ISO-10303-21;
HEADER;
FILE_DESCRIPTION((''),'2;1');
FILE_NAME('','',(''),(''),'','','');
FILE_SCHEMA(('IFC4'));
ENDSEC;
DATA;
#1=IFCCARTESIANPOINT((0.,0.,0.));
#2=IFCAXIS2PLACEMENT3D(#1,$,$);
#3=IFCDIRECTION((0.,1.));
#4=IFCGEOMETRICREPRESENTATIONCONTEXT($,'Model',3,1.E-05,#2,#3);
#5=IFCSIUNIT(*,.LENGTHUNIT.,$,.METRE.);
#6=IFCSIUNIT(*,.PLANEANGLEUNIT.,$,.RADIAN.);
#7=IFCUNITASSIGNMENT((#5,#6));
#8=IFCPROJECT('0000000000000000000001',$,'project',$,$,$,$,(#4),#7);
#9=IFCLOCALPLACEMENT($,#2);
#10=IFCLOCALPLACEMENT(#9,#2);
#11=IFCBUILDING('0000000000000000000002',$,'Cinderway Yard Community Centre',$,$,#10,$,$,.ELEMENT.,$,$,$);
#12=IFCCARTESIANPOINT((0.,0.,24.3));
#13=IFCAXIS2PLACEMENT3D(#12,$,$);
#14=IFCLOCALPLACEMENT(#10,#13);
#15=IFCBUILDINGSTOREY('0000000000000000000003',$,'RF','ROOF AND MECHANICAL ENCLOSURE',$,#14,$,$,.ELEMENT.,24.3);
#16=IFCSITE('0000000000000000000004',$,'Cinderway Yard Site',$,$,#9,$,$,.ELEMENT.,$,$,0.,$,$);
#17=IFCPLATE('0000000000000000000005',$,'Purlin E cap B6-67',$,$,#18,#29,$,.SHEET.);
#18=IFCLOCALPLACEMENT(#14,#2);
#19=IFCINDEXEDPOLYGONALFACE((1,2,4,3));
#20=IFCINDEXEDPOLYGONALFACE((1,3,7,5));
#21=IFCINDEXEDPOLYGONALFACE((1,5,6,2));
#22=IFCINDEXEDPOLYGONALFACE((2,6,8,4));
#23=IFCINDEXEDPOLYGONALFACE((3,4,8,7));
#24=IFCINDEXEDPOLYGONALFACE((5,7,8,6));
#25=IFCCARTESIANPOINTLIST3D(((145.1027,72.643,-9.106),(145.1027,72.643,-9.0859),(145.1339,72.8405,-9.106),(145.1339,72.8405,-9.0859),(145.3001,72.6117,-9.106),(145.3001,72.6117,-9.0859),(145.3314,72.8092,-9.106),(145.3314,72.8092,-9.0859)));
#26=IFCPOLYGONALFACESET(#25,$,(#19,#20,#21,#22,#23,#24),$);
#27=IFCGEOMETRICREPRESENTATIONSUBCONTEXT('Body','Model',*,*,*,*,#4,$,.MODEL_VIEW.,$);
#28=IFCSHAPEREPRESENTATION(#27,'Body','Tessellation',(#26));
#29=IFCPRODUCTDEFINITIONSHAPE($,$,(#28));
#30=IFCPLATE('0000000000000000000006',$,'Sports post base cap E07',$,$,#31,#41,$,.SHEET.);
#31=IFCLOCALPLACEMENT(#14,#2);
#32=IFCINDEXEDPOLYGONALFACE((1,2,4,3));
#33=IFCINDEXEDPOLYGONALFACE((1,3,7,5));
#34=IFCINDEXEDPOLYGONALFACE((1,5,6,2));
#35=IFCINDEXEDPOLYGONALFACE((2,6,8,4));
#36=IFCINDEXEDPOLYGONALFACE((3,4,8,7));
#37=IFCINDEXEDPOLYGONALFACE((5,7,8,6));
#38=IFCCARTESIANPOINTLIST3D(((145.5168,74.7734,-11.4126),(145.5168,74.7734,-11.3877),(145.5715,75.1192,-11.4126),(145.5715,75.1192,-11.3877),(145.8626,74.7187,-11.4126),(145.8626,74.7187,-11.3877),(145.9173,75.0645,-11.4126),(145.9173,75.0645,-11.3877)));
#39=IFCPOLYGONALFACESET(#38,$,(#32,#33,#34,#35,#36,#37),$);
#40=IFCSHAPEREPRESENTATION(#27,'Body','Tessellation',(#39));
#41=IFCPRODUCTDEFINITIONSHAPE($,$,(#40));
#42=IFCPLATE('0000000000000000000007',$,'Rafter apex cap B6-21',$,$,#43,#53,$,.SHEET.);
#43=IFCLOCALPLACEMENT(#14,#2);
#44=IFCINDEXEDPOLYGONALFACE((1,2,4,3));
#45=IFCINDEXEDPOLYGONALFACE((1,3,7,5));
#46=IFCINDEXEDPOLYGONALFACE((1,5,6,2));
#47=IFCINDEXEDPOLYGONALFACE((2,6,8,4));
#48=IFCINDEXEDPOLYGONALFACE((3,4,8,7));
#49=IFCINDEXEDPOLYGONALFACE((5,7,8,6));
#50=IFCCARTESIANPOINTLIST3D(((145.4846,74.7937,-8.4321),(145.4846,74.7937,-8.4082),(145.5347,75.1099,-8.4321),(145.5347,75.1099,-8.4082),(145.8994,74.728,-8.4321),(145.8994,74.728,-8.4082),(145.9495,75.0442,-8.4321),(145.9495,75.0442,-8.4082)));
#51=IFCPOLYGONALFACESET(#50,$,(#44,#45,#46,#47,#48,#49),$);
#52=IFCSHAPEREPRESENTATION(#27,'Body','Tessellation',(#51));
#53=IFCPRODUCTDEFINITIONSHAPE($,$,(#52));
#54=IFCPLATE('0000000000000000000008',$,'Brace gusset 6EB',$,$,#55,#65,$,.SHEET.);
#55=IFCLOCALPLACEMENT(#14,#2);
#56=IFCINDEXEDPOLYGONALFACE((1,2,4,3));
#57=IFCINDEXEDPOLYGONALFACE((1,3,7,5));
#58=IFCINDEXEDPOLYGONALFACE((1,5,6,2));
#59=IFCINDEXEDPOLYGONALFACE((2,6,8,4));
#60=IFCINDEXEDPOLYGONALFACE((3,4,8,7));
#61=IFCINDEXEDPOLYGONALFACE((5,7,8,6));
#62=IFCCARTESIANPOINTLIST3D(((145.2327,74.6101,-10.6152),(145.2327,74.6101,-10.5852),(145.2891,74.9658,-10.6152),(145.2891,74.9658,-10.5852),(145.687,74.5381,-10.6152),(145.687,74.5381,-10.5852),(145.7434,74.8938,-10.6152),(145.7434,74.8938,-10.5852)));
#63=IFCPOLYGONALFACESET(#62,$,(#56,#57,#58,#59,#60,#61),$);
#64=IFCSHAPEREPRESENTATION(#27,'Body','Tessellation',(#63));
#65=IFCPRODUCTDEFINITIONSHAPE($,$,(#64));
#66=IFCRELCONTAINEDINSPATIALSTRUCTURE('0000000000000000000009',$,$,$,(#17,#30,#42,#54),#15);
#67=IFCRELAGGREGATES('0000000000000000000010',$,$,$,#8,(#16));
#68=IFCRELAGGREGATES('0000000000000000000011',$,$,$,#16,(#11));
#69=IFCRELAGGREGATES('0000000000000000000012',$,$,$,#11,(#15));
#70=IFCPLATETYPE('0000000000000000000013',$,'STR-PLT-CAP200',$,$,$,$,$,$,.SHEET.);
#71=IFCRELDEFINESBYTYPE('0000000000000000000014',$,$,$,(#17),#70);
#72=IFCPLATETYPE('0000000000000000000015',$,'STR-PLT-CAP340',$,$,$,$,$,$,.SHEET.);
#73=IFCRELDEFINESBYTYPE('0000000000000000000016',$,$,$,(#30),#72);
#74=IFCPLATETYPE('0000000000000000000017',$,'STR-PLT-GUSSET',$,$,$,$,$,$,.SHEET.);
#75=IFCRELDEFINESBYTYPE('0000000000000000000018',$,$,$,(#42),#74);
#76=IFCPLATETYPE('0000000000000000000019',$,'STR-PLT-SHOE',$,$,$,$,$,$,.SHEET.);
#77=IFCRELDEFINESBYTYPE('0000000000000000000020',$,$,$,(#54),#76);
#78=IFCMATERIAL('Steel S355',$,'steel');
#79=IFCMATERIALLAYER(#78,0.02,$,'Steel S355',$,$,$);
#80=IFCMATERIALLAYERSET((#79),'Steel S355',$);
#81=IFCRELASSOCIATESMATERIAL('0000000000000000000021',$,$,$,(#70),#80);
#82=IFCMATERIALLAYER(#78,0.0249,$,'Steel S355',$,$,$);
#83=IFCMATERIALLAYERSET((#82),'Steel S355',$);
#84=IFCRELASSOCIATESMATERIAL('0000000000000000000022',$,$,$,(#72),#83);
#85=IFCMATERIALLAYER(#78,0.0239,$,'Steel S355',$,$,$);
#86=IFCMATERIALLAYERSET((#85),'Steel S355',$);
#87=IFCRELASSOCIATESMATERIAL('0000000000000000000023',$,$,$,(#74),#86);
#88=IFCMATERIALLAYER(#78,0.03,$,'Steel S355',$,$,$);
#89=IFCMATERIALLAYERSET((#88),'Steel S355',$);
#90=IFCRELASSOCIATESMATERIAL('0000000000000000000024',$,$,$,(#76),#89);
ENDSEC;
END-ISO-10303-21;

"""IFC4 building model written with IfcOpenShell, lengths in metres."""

from ifc_helpers import new_model, si_unit, direction, frame, origin, origin_2d, place, context, subcontext, project, spatial, rectangle, extrude, material, layer, layer_set, type_object, element, save


model = new_model("IFC4")

# Units and contexts
model_context = context("Model", 3, precision=1e-05, world=origin(), true_north=direction((0.0, 1.0)))
body_context = subcontext(model_context, "Body", "Model", "MODEL_VIEW")
ifc_project = project(units=[si_unit("LENGTHUNIT", "METRE"), si_unit("PLANEANGLEUNIT", "RADIAN")], contexts=[model_context])

# Site, building, storey
site_placement = place(None, origin())
site = spatial("IfcSite", under=ifc_project, at=site_placement, Name="Cinderway Yard Site", CompositionType="ELEMENT", RefElevation=0.0)
building_placement = place(site_placement, origin())
building = spatial("IfcBuilding", under=site, at=building_placement, Name="Cinderway Yard Community Centre", CompositionType="ELEMENT")
storey_placement = place(building_placement, frame((0.0, 0.0, 24.3)))
storey = spatial("IfcBuildingStorey", under=building, at=storey_placement, Name="RF", Description="ROOF AND MECHANICAL ENCLOSURE", CompositionType="ELEMENT", Elevation=24.3)

# Shared definitions
ifc_material_1 = material(Name="Steel S355", Category="steel")

# Plates
ifc_layer_1 = layer(ifc_material_1, 0.02, Name="Steel S355")
ifc_layer_set_1 = layer_set([ifc_layer_1], Name="Steel S355")
plate_type_1 = type_object("IfcPlateType", Name="STR-PLT-CAP200", PredefinedType="SHEET", material=ifc_layer_set_1)
for number, where, z_axis, x_axis, name in (
    (1, (145.217, 72.7261, -9.106), (0.0, 0.0, 1.0), (0.987688, -0.156434, 0.0), "Purlin E cap B6-67"),
):
    element("IfcPlate", number, at=place(storey_placement, frame(where, z_axis=z_axis, x_axis=x_axis)), inside=storey, type_object=plate_type_1, Name=name, PredefinedType="SHEET", context=body_context, shape_type="SweptSolid", body=[
        extrude(rectangle(XDim=0.2, YDim=0.2, at=origin_2d()), origin(), (0.0, 0.0, 1.0), 0.02),
    ])
ifc_layer_2 = layer(ifc_material_1, 0.0249, Name="Steel S355")
ifc_layer_set_2 = layer_set([ifc_layer_2], Name="Steel S355")
plate_type_2 = type_object("IfcPlateType", Name="STR-PLT-CAP340", PredefinedType="SHEET", material=ifc_layer_set_2)
plate_1_placement = place(storey_placement, frame((145.717, 74.9189, -11.4126), z_axis=(0.0, 0.0, 1.0), x_axis=(0.987688, -0.156434, 0.0)))
element("IfcPlate", 2, at=plate_1_placement, inside=storey, type_object=plate_type_2, Name="Sports post base cap E07", PredefinedType="SHEET", context=body_context, shape_type="SweptSolid", body=[
    extrude(rectangle(XDim=0.3501, YDim=0.3501, at=origin_2d()), origin(), (0.0, 0.0, 1.0), 0.0249),
])
ifc_layer_3 = layer(ifc_material_1, 0.0239, Name="Steel S355")
ifc_layer_set_3 = layer_set([ifc_layer_3], Name="Steel S355")
plate_type_3 = type_object("IfcPlateType", Name="STR-PLT-GUSSET", PredefinedType="SHEET", material=ifc_layer_set_3)
plate_2_placement = place(storey_placement, frame((145.717, 74.9189, -8.4321), z_axis=(0.0, 0.0, 1.0), x_axis=(0.987688, -0.156434, 0.0)))
element("IfcPlate", 3, at=plate_2_placement, inside=storey, type_object=plate_type_3, Name="Rafter apex cap B6-21", PredefinedType="SHEET", context=body_context, shape_type="SweptSolid", body=[
    extrude(rectangle(XDim=0.4199, YDim=0.3201, at=origin_2d()), origin(), (0.0, 0.0, 1.0), 0.0239),
])
ifc_layer_4 = layer(ifc_material_1, 0.03, Name="Steel S355")
ifc_layer_set_4 = layer_set([ifc_layer_4], Name="Steel S355")
plate_type_4 = type_object("IfcPlateType", Name="STR-PLT-SHOE", PredefinedType="SHEET", material=ifc_layer_set_4)
plate_3_placement = place(storey_placement, frame((145.488, 74.752, -10.6152), z_axis=(0.0, 0.0, 1.0), x_axis=(0.987688, -0.156434, 0.0)))
element("IfcPlate", 4, at=plate_3_placement, inside=storey, type_object=plate_type_4, Name="Brace gusset 6EB", PredefinedType="SHEET", context=body_context, shape_type="SweptSolid", body=[
    extrude(rectangle(XDim=0.46, YDim=0.3601, at=origin_2d()), origin(), (0.0, 0.0, 1.0), 0.03),
])

save(model, "model.ifc")
